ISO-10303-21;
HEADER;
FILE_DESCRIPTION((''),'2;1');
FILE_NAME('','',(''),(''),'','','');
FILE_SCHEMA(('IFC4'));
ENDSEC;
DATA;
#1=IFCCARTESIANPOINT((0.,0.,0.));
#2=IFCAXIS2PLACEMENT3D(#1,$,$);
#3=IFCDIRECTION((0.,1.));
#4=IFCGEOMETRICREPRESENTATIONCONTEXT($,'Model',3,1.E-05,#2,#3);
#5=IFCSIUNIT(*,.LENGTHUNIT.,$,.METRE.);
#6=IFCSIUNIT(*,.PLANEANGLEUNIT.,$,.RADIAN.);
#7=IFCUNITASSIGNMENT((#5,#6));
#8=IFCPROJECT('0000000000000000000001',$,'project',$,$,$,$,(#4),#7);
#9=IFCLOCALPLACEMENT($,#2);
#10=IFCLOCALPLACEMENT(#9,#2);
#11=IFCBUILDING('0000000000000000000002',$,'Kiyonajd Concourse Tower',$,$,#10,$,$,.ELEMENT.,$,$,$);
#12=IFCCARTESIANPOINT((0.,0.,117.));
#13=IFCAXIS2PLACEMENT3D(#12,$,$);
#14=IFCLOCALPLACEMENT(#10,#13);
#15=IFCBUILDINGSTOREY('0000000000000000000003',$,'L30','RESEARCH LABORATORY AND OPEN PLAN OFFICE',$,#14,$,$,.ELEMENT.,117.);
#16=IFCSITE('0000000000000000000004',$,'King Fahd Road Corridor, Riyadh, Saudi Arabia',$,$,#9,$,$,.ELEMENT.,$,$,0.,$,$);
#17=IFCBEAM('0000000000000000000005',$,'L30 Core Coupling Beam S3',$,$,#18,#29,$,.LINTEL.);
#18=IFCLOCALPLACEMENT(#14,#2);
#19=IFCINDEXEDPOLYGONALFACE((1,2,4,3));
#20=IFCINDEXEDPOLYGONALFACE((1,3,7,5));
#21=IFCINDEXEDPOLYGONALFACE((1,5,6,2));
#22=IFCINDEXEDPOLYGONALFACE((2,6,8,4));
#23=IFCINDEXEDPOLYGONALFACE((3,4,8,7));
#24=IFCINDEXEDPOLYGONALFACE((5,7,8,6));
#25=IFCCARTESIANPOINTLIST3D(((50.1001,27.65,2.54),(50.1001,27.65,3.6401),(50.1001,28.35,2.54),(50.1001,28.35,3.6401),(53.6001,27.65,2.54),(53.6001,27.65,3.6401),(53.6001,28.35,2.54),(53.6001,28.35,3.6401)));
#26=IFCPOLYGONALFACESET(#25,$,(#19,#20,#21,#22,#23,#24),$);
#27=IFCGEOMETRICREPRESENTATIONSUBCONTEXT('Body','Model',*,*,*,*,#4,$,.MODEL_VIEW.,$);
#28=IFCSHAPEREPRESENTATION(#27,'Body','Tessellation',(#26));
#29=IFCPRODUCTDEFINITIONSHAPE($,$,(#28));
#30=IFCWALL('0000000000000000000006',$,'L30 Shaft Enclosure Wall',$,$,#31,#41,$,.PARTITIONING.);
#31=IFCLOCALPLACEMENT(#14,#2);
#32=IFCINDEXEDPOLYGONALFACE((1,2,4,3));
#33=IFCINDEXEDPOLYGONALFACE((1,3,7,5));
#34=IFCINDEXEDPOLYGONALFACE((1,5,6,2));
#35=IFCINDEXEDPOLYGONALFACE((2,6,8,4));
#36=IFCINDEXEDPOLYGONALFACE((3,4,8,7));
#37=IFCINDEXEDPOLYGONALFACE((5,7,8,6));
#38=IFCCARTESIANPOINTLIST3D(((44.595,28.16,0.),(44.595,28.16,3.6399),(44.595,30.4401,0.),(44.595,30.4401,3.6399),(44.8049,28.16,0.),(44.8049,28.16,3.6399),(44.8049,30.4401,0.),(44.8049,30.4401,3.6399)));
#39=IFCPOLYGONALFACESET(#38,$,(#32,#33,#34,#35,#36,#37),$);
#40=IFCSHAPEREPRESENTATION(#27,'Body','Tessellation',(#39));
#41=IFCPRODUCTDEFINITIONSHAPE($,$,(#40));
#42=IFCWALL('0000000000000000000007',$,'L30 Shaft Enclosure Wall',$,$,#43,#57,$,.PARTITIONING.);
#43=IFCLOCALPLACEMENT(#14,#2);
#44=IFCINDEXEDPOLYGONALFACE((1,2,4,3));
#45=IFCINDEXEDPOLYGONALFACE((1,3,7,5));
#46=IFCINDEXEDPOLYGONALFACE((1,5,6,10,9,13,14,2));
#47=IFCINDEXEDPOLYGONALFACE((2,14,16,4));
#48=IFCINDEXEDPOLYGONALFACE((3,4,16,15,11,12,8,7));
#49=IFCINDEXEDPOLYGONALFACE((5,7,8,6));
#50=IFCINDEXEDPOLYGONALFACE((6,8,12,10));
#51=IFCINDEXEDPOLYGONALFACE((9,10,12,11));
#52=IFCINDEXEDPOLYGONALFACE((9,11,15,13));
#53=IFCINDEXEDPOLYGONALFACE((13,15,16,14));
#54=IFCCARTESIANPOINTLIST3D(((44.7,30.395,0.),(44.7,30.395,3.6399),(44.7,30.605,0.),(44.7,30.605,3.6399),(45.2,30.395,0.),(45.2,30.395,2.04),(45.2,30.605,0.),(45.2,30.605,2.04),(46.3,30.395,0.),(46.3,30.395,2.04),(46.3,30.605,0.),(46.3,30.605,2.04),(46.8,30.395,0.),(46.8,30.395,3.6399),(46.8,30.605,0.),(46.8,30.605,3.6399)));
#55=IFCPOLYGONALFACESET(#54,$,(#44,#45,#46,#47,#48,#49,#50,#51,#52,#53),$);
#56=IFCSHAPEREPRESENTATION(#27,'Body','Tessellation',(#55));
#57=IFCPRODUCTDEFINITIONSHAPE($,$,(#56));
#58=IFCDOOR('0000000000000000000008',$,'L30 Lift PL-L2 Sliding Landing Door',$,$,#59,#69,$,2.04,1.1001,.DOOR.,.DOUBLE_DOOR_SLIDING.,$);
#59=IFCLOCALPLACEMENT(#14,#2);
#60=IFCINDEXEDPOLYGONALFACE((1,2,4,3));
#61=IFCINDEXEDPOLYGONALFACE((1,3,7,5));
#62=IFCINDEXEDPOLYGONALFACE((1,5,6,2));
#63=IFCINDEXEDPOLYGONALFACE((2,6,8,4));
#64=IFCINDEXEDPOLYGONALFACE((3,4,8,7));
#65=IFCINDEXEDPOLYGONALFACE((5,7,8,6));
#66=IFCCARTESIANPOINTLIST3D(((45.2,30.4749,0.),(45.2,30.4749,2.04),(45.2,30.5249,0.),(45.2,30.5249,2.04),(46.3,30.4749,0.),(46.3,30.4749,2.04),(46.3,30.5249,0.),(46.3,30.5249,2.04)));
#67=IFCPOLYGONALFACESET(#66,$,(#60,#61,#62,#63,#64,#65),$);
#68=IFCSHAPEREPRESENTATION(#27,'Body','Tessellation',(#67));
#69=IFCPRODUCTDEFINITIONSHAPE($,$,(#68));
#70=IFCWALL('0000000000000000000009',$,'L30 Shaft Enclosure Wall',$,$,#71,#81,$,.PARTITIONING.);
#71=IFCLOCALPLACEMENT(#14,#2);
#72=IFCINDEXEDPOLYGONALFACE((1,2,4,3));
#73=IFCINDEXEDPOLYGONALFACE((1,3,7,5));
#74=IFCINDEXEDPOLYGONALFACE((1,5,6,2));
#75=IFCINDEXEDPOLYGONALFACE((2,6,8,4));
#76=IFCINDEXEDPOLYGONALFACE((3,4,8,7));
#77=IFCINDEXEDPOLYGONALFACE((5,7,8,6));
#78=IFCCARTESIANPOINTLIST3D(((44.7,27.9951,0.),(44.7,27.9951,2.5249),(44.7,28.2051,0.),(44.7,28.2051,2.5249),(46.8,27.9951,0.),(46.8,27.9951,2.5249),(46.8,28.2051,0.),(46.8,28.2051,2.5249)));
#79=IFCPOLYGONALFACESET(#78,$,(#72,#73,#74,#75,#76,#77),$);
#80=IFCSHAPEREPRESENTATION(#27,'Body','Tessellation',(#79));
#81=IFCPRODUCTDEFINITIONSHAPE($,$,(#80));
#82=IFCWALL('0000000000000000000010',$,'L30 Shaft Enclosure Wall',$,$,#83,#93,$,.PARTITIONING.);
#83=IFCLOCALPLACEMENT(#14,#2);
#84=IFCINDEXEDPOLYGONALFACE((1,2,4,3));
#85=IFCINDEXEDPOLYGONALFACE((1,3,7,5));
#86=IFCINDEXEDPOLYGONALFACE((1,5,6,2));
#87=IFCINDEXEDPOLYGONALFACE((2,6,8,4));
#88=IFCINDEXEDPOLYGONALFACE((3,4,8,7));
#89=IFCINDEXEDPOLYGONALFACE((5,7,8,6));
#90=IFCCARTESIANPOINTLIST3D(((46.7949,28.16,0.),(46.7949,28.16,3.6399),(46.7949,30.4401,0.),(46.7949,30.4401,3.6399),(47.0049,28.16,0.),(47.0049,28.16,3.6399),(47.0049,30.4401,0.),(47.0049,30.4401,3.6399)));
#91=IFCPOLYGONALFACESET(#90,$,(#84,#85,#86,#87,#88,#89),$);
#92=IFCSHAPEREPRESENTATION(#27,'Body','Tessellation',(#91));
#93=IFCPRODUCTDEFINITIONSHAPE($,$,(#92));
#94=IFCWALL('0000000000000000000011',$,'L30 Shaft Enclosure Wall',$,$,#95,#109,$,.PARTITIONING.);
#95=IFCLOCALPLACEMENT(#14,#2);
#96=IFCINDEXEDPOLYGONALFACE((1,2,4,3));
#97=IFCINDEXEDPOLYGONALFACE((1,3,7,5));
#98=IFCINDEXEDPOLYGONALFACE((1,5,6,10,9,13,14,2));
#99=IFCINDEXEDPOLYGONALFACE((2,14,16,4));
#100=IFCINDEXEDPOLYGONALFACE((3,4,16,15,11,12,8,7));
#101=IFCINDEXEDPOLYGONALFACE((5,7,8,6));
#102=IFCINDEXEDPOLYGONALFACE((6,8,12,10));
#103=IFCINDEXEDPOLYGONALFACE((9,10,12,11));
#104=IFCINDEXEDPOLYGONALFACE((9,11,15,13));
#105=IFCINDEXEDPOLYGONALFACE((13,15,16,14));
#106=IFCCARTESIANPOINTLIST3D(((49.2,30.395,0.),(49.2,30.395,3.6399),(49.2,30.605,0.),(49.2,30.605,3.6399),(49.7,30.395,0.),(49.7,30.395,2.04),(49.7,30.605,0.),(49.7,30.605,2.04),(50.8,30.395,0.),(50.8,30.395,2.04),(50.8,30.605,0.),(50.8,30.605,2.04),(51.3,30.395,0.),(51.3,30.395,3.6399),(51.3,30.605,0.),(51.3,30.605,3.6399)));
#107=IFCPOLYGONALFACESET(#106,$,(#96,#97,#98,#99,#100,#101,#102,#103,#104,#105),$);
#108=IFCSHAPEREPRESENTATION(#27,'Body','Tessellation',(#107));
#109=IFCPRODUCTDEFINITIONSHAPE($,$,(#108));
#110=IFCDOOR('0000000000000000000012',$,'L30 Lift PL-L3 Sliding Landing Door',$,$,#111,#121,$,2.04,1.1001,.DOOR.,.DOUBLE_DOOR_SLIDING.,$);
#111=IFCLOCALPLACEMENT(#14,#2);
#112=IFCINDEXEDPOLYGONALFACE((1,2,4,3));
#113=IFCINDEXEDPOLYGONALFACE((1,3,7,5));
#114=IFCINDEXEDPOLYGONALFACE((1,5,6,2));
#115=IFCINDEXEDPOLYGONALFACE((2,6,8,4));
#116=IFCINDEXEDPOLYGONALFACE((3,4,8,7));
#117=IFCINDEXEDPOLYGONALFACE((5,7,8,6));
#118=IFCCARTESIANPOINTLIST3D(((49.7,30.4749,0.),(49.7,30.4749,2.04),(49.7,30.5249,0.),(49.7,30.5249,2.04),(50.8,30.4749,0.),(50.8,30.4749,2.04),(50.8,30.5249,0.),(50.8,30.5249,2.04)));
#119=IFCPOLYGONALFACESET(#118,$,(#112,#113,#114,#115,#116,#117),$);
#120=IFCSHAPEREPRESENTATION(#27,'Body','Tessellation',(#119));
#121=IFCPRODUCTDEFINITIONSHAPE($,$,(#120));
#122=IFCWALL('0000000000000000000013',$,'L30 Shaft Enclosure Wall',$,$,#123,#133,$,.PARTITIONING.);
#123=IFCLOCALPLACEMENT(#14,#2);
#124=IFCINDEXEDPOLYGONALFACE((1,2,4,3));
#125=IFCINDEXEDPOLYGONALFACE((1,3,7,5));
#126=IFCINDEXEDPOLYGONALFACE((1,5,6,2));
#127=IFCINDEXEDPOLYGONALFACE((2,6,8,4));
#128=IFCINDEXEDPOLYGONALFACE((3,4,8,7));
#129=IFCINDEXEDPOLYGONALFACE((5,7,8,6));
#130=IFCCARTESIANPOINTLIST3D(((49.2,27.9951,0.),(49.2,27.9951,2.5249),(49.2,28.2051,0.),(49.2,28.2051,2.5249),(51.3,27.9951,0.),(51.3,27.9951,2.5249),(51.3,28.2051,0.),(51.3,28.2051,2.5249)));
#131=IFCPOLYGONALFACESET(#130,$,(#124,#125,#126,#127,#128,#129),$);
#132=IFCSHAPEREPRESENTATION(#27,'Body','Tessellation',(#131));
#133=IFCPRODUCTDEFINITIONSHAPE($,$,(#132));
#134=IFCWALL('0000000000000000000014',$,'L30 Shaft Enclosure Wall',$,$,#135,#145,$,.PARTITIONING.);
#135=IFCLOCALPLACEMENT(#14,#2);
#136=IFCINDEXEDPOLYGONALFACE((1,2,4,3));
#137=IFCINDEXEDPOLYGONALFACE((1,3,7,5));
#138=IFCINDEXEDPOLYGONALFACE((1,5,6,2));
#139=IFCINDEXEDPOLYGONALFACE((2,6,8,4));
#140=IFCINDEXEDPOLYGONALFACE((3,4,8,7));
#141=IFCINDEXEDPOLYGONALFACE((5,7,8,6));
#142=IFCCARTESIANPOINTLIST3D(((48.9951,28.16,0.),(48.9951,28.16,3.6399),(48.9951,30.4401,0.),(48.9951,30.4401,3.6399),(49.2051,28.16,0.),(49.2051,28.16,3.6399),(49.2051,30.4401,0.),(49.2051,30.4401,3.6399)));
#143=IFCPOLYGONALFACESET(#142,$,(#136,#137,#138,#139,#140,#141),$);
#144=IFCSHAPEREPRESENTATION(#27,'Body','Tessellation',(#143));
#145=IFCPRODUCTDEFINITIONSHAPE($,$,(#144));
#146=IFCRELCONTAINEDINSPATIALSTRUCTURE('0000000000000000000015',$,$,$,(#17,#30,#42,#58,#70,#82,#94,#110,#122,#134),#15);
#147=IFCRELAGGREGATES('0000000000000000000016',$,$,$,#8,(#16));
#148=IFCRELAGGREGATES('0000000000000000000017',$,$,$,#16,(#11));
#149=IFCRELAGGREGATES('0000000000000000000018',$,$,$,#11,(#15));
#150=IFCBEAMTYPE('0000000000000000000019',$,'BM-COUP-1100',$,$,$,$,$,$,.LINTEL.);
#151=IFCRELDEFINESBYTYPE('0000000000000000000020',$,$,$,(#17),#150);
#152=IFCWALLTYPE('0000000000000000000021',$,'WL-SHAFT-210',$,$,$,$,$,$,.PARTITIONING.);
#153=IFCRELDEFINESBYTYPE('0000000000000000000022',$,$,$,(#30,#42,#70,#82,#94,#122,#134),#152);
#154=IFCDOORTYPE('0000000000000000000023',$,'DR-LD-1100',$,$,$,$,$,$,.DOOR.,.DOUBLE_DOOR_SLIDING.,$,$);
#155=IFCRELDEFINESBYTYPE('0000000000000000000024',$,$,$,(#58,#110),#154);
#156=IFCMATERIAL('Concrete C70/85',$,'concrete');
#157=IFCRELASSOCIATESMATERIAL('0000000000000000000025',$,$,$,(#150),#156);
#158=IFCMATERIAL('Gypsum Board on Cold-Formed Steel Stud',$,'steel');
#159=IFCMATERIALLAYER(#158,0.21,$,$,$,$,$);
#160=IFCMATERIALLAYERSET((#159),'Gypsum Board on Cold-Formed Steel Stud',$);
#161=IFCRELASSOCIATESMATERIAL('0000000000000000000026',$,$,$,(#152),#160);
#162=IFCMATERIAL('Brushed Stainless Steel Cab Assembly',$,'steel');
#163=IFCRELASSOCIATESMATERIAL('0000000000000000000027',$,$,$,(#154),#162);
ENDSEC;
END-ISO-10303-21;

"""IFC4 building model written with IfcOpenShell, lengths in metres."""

from ifc_helpers import new_model, si_unit, direction, frame, frame_2d, origin, origin_2d, place, context, subcontext, project, spatial, rectangle, extrude, material, layer, layer_set, material_profile, profile_set, type_object, element, fill, save


model = new_model("IFC4")

# Units and contexts
model_context = context("Model", 3, precision=1e-05, world=origin(), true_north=direction((0.0, 1.0)))
body_context = subcontext(model_context, "Body", "Model", "MODEL_VIEW")
ifc_project = project(units=[si_unit("LENGTHUNIT", "METRE"), si_unit("PLANEANGLEUNIT", "RADIAN")], contexts=[model_context])

# Site, building, storey
site_placement = place(None, origin())
site = spatial("IfcSite", under=ifc_project, at=site_placement, Name="King Fahd Road Corridor, Riyadh, Saudi Arabia", CompositionType="ELEMENT", RefElevation=0.0)
building_placement = place(site_placement, origin())
building = spatial("IfcBuilding", under=site, at=building_placement, Name="Kiyonajd Concourse Tower", CompositionType="ELEMENT")
storey_placement = place(building_placement, frame((0.0, 0.0, 117.0)))
storey = spatial("IfcBuildingStorey", under=building, at=storey_placement, Name="L30", Description="RESEARCH LABORATORY AND OPEN PLAN OFFICE", CompositionType="ELEMENT", Elevation=117.0)

# Beam
ifc_material_1 = material(Name="Concrete C70/85", Category="concrete")
ifc_material_profile = material_profile(ifc_material_1, rectangle(XDim=0.7, YDim=1.1001, at=origin_2d()), Name="RCBM-700x1100")
ifc_profile_set = profile_set([ifc_material_profile], Name="Concrete C70/85")
beam_type = type_object("IfcBeamType", Name="BM-COUP-1100", PredefinedType="LINTEL", material=ifc_profile_set)
beam_placement = place(storey_placement, frame((50.1001, 28.0, 3.0901), z_axis=(1.0, 0.0, 0.0), x_axis=(0.0, 1.0, 0.0)))
element("IfcBeam", 1, at=beam_placement, inside=storey, type_object=beam_type, Name="L30 Core Coupling Beam S3", PredefinedType="LINTEL", context=body_context, shape_type="SweptSolid", body=[
    extrude(rectangle(XDim=0.7, YDim=1.1001, at=origin_2d()), origin(), (0.0, 0.0, 1.0), 3.5),
])

# Wall
ifc_material_2 = material(Name="Gypsum Board on Cold-Formed Steel Stud", Category="steel")
ifc_layer_1 = layer(ifc_material_2, 0.21)
ifc_layer_set_1 = layer_set([ifc_layer_1], Name="Gypsum Board on Cold-Formed Steel Stud")
wall_type_1 = type_object("IfcWallType", Name="WL-SHAFT-210", PredefinedType="PARTITIONING", material=ifc_layer_set_1)
wall_1_placement = place(storey_placement, frame((44.7, 28.1599, 0.0), z_axis=(0.0, 0.0, 1.0), x_axis=(0.0, 1.0, 0.0)))
element("IfcWall", 2, at=wall_1_placement, inside=storey, type_object=wall_type_1, Name="L30 Shaft Enclosure Wall", PredefinedType="PARTITIONING", context=body_context, shape_type="SweptSolid", body=[
    extrude(rectangle(XDim=2.28, YDim=0.21, at=frame_2d((1.1401, 0.0))), origin(), (0.0, 0.0, 1.0), 3.6399),
])

# Wall, opening, door
wall_2_placement = place(storey_placement, frame((44.7, 30.5, 0.0), z_axis=(0.0, 0.0, 1.0), x_axis=(1.0, 0.0, 0.0)))
wall_2 = element("IfcWall", 3, at=wall_2_placement, inside=storey, type_object=wall_type_1, Name="L30 Shaft Enclosure Wall", PredefinedType="PARTITIONING", context=body_context, shape_type="SweptSolid", body=[
    extrude(rectangle(XDim=2.1001, YDim=0.21, at=frame_2d((1.05, 0.0))), origin(), (0.0, 0.0, 1.0), 3.6399),
])
opening_1_placement = place(wall_2_placement, frame((0.5, 0.0, 0.0)))
opening_1 = element("IfcOpeningElement", 4, at=opening_1_placement, cuts=wall_2, PredefinedType="OPENING", context=body_context, shape_type="SweptSolid", body=[
    extrude(rectangle(XDim=1.1001, YDim=2.04, at=frame_2d((0.55, 1.02))), frame((0.0, 0.115, 0.0), z_axis=(0.0, -1.0, 0.0), x_axis=(1.0, 0.0, 0.0)), (0.0, 0.0, 1.0), 0.23),
])
ifc_material_3 = material(Name="Brushed Stainless Steel Cab Assembly", Category="steel")
door_type_1 = type_object("IfcDoorType", Name="DR-LD-1100", OperationType="DOUBLE_DOOR_SLIDING", PredefinedType="DOOR", material=ifc_material_3)
door_1_placement = place(opening_1_placement, origin())
door_1 = element("IfcDoor", 5, at=door_1_placement, inside=storey, type_object=door_type_1, Name="L30 Lift PL-L2 Sliding Landing Door", OperationType="DOUBLE_DOOR_SLIDING", OverallHeight=2.04, OverallWidth=1.1001, PredefinedType="DOOR", context=body_context, shape_type="SweptSolid", body=[
    extrude(rectangle(XDim=1.1001, YDim=2.04, at=frame_2d((0.55, 1.02))), frame((0.0, 0.0249, 0.0), z_axis=(0.0, -1.0, 0.0), x_axis=(1.0, 0.0, 0.0)), (0.0, 0.0, 1.0), 0.05),
])
fill(opening_1, door_1)

# Walls
wall_3_placement = place(storey_placement, frame((44.7, 28.1001, 0.0), z_axis=(0.0, 0.0, 1.0), x_axis=(1.0, 0.0, 0.0)))
element("IfcWall", 6, at=wall_3_placement, inside=storey, type_object=wall_type_1, Name="L30 Shaft Enclosure Wall", PredefinedType="PARTITIONING", context=body_context, shape_type="SweptSolid", body=[
    extrude(rectangle(XDim=2.1001, YDim=0.21, at=frame_2d((1.05, 0.0))), origin(), (0.0, 0.0, 1.0), 2.5249),
])
wall_4_placement = place(storey_placement, frame((46.8999, 28.1599, 0.0), z_axis=(0.0, 0.0, 1.0), x_axis=(0.0, 1.0, 0.0)))
element("IfcWall", 7, at=wall_4_placement, inside=storey, type_object=wall_type_1, Name="L30 Shaft Enclosure Wall", PredefinedType="PARTITIONING", context=body_context, shape_type="SweptSolid", body=[
    extrude(rectangle(XDim=2.28, YDim=0.21, at=frame_2d((1.1401, 0.0))), origin(), (0.0, 0.0, 1.0), 3.6399),
])

# Wall, opening, door
wall_5_placement = place(storey_placement, frame((49.2, 30.5, 0.0), z_axis=(0.0, 0.0, 1.0), x_axis=(1.0, 0.0, 0.0)))
wall_5 = element("IfcWall", 8, at=wall_5_placement, inside=storey, type_object=wall_type_1, Name="L30 Shaft Enclosure Wall", PredefinedType="PARTITIONING", context=body_context, shape_type="SweptSolid", body=[
    extrude(rectangle(XDim=2.1001, YDim=0.21, at=frame_2d((1.05, 0.0))), origin(), (0.0, 0.0, 1.0), 3.6399),
])
opening_2_placement = place(wall_5_placement, frame((0.5, 0.0, 0.0)))
opening_2 = element("IfcOpeningElement", 9, at=opening_2_placement, cuts=wall_5, PredefinedType="OPENING", context=body_context, shape_type="SweptSolid", body=[
    extrude(rectangle(XDim=1.1001, YDim=2.04, at=frame_2d((0.55, 1.02))), frame((0.0, 0.115, 0.0), z_axis=(0.0, -1.0, 0.0), x_axis=(1.0, 0.0, 0.0)), (0.0, 0.0, 1.0), 0.23),
])
door_2_placement = place(opening_2_placement, origin())
door_2 = element("IfcDoor", 10, at=door_2_placement, inside=storey, type_object=door_type_1, Name="L30 Lift PL-L3 Sliding Landing Door", OperationType="DOUBLE_DOOR_SLIDING", OverallHeight=2.04, OverallWidth=1.1001, PredefinedType="DOOR", context=body_context, shape_type="SweptSolid", body=[
    extrude(rectangle(XDim=1.1001, YDim=2.04, at=frame_2d((0.55, 1.02))), frame((0.0, 0.0249, 0.0), z_axis=(0.0, -1.0, 0.0), x_axis=(1.0, 0.0, 0.0)), (0.0, 0.0, 1.0), 0.05),
])
fill(opening_2, door_2)

# Walls
wall_6_placement = place(storey_placement, frame((49.2, 28.1001, 0.0), z_axis=(0.0, 0.0, 1.0), x_axis=(1.0, 0.0, 0.0)))
element("IfcWall", 11, at=wall_6_placement, inside=storey, type_object=wall_type_1, Name="L30 Shaft Enclosure Wall", PredefinedType="PARTITIONING", context=body_context, shape_type="SweptSolid", body=[
    extrude(rectangle(XDim=2.1001, YDim=0.21, at=frame_2d((1.05, 0.0))), origin(), (0.0, 0.0, 1.0), 2.5249),
])
wall_7_placement = place(storey_placement, frame((49.1001, 28.1599, 0.0), z_axis=(0.0, 0.0, 1.0), x_axis=(0.0, 1.0, 0.0)))
element("IfcWall", 12, at=wall_7_placement, inside=storey, type_object=wall_type_1, Name="L30 Shaft Enclosure Wall", PredefinedType="PARTITIONING", context=body_context, shape_type="SweptSolid", body=[
    extrude(rectangle(XDim=2.28, YDim=0.21, at=frame_2d((1.1401, 0.0))), origin(), (0.0, 0.0, 1.0), 3.6399),
])

save(model, "model.ifc")
